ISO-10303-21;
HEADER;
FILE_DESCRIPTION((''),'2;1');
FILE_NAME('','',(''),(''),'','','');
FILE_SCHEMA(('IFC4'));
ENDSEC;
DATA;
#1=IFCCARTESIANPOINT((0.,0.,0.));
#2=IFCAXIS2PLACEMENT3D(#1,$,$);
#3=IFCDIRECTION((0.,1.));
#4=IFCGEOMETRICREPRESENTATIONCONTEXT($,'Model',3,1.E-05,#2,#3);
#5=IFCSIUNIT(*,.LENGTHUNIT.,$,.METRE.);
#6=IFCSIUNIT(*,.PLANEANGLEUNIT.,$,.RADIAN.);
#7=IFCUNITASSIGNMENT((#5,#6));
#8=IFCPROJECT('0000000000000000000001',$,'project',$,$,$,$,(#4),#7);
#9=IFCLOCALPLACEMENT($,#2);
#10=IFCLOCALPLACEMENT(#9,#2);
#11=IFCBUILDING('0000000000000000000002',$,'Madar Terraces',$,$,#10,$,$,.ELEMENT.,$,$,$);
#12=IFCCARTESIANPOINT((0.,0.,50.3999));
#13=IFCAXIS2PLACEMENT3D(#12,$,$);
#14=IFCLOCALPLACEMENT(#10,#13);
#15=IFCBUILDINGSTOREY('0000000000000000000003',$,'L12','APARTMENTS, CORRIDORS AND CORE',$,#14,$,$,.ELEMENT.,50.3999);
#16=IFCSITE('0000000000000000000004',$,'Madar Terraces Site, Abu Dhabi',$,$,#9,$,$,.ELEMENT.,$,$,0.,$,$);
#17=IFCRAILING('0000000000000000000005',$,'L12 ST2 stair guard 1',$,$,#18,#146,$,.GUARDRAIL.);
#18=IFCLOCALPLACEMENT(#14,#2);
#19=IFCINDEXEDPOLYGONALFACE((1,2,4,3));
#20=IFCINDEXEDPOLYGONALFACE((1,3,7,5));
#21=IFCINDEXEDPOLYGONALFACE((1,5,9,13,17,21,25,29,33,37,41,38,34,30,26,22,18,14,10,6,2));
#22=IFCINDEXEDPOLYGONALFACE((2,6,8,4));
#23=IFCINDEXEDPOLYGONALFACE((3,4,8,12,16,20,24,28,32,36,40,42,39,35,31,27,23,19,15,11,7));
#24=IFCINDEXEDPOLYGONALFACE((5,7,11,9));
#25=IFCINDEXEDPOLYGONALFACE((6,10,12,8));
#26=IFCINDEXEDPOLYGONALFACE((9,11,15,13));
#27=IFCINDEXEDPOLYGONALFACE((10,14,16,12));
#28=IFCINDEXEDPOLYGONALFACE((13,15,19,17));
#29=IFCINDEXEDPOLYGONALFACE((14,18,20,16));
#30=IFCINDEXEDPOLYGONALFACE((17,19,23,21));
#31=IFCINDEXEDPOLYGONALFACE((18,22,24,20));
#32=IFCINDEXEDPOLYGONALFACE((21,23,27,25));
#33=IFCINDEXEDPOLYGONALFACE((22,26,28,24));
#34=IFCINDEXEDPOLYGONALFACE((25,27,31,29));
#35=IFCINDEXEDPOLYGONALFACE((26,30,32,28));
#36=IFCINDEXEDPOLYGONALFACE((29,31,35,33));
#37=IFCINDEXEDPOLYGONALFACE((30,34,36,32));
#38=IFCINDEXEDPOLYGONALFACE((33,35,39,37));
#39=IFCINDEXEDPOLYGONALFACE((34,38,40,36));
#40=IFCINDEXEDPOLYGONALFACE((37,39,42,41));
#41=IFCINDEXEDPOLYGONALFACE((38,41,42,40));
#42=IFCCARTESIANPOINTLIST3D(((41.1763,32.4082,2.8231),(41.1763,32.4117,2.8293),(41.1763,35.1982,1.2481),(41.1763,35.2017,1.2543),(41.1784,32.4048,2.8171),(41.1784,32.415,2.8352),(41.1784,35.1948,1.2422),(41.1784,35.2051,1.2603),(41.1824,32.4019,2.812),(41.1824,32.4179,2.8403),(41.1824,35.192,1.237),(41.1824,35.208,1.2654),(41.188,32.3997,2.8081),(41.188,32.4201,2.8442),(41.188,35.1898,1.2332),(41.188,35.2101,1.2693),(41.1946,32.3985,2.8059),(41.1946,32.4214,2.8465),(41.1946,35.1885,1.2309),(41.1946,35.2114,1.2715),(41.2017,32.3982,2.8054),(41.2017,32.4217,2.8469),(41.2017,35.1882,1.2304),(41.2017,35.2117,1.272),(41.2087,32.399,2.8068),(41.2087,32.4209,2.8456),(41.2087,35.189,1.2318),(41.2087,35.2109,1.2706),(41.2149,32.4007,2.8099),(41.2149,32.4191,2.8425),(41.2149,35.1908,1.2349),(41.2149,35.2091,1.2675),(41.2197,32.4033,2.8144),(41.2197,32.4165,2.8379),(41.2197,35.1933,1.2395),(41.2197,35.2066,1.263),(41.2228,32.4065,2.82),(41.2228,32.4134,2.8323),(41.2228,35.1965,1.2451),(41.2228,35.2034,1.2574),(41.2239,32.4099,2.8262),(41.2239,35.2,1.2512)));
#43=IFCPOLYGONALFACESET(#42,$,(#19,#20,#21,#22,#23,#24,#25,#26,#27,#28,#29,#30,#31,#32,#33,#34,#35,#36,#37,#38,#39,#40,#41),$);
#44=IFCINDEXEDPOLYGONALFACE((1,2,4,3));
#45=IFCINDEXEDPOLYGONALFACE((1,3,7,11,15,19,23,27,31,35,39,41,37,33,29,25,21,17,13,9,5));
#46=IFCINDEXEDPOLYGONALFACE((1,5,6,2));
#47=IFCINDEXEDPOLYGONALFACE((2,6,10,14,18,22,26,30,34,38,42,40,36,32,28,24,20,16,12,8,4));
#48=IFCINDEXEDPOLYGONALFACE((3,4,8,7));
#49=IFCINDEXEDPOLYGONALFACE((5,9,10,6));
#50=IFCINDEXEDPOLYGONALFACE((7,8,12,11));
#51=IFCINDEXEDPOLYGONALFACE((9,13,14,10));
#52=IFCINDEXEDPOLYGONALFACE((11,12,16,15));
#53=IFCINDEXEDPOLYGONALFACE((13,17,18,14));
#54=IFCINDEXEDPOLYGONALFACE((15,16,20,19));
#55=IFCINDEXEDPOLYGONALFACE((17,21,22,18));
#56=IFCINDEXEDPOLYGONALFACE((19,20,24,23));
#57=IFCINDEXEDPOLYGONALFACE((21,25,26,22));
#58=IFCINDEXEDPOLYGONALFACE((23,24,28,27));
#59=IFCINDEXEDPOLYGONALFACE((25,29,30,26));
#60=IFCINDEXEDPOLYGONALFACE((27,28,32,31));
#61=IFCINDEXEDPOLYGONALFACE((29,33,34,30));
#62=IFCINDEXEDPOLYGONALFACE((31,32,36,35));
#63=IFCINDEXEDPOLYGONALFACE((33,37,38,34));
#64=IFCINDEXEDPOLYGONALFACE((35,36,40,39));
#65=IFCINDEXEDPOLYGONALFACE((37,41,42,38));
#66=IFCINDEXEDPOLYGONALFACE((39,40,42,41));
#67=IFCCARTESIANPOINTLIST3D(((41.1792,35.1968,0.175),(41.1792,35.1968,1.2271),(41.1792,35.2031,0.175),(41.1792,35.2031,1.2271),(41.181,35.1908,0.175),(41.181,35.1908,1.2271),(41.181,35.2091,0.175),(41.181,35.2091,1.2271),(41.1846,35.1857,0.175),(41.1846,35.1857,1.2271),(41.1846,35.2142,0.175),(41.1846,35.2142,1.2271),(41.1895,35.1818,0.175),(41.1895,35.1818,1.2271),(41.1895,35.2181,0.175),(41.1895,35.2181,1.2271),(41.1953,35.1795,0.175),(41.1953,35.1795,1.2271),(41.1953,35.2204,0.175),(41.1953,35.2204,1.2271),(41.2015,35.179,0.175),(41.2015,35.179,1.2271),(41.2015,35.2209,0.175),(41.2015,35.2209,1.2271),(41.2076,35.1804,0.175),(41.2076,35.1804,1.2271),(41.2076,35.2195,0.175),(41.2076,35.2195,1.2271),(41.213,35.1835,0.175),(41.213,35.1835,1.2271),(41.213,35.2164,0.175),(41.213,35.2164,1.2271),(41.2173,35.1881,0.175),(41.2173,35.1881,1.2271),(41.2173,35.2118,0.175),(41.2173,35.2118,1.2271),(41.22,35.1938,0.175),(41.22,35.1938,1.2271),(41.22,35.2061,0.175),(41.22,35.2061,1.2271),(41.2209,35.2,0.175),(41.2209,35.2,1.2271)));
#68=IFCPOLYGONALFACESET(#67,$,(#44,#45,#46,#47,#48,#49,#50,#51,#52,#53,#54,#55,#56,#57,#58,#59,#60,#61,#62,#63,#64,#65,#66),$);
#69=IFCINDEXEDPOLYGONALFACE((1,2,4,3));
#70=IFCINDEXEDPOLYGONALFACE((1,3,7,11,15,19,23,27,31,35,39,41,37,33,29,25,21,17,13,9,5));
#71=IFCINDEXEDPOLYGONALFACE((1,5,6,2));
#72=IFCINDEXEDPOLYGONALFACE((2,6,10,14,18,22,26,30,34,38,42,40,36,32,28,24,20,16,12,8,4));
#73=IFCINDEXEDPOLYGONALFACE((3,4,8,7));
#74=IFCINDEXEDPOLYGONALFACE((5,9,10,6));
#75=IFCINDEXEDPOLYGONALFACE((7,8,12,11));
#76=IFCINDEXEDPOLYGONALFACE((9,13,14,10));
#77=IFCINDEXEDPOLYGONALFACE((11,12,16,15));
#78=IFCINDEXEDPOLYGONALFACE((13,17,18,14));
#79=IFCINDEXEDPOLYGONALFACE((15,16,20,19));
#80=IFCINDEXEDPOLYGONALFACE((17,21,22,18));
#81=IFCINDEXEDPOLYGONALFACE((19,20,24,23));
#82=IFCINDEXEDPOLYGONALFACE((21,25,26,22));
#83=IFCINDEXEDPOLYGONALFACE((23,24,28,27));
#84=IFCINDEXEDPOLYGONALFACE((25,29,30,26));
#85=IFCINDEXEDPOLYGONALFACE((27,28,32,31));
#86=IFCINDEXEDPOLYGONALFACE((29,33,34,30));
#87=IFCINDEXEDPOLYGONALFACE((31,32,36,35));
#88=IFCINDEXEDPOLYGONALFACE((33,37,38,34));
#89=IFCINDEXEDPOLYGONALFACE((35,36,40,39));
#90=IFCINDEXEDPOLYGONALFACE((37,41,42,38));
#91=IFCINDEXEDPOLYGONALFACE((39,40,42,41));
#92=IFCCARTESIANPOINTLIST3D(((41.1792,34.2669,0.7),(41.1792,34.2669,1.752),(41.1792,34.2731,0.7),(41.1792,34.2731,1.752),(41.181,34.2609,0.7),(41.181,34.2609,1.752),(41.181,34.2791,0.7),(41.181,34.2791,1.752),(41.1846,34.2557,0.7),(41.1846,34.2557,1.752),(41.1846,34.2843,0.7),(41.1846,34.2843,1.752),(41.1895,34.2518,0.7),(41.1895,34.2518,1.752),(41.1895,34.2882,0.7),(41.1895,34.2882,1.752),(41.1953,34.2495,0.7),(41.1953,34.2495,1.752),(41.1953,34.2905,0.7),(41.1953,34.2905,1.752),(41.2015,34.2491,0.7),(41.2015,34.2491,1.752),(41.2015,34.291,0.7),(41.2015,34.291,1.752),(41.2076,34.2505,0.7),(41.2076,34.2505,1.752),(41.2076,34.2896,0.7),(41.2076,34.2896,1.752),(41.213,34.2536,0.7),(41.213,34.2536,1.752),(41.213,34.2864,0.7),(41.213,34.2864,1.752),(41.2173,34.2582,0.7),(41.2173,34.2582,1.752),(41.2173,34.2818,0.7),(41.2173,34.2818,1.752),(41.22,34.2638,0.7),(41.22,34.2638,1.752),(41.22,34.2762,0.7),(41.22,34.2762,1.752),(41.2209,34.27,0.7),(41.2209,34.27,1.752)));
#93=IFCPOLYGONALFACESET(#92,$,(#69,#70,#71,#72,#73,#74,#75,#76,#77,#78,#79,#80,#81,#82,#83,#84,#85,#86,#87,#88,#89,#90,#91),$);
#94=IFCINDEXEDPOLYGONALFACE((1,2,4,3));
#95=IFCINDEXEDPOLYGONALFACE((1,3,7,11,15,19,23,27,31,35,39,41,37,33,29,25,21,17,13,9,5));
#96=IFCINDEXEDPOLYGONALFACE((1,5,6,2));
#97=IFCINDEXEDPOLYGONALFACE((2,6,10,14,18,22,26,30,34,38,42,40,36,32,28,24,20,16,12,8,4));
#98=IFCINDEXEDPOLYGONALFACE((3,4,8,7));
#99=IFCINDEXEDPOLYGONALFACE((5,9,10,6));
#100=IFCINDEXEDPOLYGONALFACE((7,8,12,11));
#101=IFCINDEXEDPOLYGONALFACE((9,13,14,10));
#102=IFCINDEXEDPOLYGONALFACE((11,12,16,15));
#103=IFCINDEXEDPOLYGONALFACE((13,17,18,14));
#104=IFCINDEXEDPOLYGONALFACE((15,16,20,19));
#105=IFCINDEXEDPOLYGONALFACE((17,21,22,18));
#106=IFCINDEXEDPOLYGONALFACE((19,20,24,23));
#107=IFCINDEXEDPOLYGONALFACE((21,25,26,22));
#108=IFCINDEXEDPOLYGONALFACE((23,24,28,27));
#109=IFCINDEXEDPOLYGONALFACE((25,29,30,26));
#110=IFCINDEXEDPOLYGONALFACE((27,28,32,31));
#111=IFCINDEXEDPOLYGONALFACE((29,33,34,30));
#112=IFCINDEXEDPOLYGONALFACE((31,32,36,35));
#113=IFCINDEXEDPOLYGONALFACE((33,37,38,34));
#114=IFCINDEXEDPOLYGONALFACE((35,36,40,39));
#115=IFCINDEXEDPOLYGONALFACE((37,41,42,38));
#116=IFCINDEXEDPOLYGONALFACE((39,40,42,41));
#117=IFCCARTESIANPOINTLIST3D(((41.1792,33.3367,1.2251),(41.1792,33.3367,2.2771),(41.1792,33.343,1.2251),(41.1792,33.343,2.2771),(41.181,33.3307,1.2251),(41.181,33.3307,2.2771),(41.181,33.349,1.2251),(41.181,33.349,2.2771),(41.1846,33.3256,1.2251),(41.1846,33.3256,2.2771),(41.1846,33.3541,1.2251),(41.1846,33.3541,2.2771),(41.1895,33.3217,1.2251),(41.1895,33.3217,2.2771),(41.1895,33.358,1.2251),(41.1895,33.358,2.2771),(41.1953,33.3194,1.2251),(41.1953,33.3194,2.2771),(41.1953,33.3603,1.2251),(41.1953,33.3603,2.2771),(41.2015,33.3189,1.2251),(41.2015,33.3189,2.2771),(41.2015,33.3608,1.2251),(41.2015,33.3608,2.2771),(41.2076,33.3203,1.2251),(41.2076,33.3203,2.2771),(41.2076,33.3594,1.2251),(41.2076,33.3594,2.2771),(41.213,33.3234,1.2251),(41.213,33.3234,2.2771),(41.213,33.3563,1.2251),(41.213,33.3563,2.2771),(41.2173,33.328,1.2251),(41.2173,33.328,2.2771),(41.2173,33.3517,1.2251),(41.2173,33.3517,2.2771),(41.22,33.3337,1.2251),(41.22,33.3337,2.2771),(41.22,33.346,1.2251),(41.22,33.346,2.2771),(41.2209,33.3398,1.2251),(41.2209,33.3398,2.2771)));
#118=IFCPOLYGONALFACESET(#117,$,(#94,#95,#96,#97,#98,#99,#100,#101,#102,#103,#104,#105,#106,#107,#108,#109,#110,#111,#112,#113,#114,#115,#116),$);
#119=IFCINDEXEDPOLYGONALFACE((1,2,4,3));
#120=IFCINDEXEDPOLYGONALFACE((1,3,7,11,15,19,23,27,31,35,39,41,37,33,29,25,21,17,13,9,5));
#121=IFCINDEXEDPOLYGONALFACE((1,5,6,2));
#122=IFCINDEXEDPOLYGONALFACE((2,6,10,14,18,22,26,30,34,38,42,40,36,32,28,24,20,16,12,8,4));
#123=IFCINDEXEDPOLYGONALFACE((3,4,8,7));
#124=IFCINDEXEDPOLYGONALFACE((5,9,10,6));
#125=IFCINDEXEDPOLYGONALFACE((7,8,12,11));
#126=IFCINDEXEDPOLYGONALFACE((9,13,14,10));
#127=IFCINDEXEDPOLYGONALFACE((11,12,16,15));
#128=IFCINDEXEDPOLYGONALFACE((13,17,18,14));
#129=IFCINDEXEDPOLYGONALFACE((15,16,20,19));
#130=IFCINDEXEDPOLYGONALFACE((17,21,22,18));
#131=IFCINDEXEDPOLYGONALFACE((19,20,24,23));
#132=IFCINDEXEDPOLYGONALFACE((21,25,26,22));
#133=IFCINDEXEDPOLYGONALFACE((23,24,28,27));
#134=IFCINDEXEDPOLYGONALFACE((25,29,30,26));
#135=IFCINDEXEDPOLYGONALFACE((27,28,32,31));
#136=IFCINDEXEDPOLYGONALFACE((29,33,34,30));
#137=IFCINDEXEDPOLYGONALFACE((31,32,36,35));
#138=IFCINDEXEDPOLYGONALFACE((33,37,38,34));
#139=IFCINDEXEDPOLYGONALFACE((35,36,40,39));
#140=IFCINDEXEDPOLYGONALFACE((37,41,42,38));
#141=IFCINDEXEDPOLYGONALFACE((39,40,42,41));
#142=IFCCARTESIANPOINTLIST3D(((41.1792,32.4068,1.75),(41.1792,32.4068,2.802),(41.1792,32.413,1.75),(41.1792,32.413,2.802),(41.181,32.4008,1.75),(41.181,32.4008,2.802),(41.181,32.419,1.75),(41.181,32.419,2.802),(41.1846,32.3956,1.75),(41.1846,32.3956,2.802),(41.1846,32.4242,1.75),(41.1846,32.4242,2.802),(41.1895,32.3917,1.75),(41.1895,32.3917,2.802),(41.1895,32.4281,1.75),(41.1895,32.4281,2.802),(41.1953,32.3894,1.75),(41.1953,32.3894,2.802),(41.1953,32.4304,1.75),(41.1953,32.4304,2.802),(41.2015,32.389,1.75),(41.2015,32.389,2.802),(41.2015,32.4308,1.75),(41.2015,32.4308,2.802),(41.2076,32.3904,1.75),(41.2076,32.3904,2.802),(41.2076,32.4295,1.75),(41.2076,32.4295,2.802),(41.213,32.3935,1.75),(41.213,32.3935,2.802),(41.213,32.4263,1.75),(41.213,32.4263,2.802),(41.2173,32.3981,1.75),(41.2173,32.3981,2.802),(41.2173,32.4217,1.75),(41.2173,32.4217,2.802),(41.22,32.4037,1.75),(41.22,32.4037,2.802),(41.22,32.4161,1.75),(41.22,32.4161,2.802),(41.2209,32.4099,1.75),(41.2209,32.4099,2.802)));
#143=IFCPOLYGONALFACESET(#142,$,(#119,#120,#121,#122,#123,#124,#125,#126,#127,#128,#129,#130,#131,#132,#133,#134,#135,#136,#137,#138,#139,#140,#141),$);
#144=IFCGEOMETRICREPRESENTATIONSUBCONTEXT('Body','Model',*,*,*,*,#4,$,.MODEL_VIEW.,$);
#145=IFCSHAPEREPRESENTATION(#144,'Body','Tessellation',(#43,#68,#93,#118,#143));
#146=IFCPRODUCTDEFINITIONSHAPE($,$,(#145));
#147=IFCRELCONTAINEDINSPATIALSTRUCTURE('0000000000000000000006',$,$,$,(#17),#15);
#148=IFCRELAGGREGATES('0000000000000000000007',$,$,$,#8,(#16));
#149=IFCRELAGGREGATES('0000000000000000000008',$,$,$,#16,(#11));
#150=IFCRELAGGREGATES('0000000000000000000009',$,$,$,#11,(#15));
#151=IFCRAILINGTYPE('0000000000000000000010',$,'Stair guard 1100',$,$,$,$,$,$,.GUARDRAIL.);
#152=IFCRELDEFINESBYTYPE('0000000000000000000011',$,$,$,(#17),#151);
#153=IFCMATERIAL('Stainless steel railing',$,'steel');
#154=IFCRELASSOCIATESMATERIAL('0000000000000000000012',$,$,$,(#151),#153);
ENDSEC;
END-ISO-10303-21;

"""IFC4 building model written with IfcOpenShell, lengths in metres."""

from ifc_helpers import new_model, si_unit, direction, frame, origin, origin_2d, place, context, subcontext, project, spatial, circle, extrude, material, type_object, element, save


model = new_model("IFC4")

# Units and contexts
model_context = context("Model", 3, precision=1e-05, world=origin(), true_north=direction((0.0, 1.0)))
body_context = subcontext(model_context, "Body", "Model", "MODEL_VIEW")
ifc_project = project(units=[si_unit("LENGTHUNIT", "METRE"), si_unit("PLANEANGLEUNIT", "RADIAN")], contexts=[model_context])

# Site, building, storey
site_placement = place(None, origin())
site = spatial("IfcSite", under=ifc_project, at=site_placement, Name="Madar Terraces Site, Abu Dhabi", CompositionType="ELEMENT", RefElevation=0.0)
building_placement = place(site_placement, origin())
building = spatial("IfcBuilding", under=site, at=building_placement, Name="Madar Terraces", CompositionType="ELEMENT")
storey_placement = place(building_placement, frame((0.0, 0.0, 50.3999)))
storey = spatial("IfcBuildingStorey", under=building, at=storey_placement, Name="L12", Description="APARTMENTS, CORRIDORS AND CORE", CompositionType="ELEMENT", Elevation=50.3999)

# Railing
ifc_material_1 = material(Name="Stainless steel railing", Category="steel")
railing_type_1 = type_object("IfcRailingType", Name="Stair guard 1100", PredefinedType="GUARDRAIL", material=ifc_material_1)
railing_1_placement = place(storey_placement, frame((41.2, 35.2, 0.175)))
element("IfcRailing", 1, at=railing_1_placement, inside=storey, type_object=railing_type_1, Name="L12 ST2 stair guard 1", PredefinedType="GUARDRAIL", context=body_context, shape_type="SweptSolid", body=[
    extrude(circle(Radius=0.0239, at=origin_2d()), frame((0.0, 0.0, 1.0762), z_axis=(0.0, -0.870834, 0.491578), x_axis=(1.0, 0.0, 0.0)), (0.0, 0.0, 1.0), 3.2039),
    extrude(circle(Radius=0.021, at=origin_2d()), origin(), (0.0, 0.0, 1.0), 1.052),
    extrude(circle(Radius=0.021, at=origin_2d()), frame((0.0, -0.9299, 0.5249)), (0.0, 0.0, 1.0), 1.052),
    extrude(circle(Radius=0.021, at=origin_2d()), frame((0.0, -1.8601, 1.05)), (0.0, 0.0, 1.0), 1.052),
    extrude(circle(Radius=0.021, at=origin_2d()), frame((0.0, -2.79, 1.575)), (0.0, 0.0, 1.0), 1.052),
])

save(model, "model.ifc")
